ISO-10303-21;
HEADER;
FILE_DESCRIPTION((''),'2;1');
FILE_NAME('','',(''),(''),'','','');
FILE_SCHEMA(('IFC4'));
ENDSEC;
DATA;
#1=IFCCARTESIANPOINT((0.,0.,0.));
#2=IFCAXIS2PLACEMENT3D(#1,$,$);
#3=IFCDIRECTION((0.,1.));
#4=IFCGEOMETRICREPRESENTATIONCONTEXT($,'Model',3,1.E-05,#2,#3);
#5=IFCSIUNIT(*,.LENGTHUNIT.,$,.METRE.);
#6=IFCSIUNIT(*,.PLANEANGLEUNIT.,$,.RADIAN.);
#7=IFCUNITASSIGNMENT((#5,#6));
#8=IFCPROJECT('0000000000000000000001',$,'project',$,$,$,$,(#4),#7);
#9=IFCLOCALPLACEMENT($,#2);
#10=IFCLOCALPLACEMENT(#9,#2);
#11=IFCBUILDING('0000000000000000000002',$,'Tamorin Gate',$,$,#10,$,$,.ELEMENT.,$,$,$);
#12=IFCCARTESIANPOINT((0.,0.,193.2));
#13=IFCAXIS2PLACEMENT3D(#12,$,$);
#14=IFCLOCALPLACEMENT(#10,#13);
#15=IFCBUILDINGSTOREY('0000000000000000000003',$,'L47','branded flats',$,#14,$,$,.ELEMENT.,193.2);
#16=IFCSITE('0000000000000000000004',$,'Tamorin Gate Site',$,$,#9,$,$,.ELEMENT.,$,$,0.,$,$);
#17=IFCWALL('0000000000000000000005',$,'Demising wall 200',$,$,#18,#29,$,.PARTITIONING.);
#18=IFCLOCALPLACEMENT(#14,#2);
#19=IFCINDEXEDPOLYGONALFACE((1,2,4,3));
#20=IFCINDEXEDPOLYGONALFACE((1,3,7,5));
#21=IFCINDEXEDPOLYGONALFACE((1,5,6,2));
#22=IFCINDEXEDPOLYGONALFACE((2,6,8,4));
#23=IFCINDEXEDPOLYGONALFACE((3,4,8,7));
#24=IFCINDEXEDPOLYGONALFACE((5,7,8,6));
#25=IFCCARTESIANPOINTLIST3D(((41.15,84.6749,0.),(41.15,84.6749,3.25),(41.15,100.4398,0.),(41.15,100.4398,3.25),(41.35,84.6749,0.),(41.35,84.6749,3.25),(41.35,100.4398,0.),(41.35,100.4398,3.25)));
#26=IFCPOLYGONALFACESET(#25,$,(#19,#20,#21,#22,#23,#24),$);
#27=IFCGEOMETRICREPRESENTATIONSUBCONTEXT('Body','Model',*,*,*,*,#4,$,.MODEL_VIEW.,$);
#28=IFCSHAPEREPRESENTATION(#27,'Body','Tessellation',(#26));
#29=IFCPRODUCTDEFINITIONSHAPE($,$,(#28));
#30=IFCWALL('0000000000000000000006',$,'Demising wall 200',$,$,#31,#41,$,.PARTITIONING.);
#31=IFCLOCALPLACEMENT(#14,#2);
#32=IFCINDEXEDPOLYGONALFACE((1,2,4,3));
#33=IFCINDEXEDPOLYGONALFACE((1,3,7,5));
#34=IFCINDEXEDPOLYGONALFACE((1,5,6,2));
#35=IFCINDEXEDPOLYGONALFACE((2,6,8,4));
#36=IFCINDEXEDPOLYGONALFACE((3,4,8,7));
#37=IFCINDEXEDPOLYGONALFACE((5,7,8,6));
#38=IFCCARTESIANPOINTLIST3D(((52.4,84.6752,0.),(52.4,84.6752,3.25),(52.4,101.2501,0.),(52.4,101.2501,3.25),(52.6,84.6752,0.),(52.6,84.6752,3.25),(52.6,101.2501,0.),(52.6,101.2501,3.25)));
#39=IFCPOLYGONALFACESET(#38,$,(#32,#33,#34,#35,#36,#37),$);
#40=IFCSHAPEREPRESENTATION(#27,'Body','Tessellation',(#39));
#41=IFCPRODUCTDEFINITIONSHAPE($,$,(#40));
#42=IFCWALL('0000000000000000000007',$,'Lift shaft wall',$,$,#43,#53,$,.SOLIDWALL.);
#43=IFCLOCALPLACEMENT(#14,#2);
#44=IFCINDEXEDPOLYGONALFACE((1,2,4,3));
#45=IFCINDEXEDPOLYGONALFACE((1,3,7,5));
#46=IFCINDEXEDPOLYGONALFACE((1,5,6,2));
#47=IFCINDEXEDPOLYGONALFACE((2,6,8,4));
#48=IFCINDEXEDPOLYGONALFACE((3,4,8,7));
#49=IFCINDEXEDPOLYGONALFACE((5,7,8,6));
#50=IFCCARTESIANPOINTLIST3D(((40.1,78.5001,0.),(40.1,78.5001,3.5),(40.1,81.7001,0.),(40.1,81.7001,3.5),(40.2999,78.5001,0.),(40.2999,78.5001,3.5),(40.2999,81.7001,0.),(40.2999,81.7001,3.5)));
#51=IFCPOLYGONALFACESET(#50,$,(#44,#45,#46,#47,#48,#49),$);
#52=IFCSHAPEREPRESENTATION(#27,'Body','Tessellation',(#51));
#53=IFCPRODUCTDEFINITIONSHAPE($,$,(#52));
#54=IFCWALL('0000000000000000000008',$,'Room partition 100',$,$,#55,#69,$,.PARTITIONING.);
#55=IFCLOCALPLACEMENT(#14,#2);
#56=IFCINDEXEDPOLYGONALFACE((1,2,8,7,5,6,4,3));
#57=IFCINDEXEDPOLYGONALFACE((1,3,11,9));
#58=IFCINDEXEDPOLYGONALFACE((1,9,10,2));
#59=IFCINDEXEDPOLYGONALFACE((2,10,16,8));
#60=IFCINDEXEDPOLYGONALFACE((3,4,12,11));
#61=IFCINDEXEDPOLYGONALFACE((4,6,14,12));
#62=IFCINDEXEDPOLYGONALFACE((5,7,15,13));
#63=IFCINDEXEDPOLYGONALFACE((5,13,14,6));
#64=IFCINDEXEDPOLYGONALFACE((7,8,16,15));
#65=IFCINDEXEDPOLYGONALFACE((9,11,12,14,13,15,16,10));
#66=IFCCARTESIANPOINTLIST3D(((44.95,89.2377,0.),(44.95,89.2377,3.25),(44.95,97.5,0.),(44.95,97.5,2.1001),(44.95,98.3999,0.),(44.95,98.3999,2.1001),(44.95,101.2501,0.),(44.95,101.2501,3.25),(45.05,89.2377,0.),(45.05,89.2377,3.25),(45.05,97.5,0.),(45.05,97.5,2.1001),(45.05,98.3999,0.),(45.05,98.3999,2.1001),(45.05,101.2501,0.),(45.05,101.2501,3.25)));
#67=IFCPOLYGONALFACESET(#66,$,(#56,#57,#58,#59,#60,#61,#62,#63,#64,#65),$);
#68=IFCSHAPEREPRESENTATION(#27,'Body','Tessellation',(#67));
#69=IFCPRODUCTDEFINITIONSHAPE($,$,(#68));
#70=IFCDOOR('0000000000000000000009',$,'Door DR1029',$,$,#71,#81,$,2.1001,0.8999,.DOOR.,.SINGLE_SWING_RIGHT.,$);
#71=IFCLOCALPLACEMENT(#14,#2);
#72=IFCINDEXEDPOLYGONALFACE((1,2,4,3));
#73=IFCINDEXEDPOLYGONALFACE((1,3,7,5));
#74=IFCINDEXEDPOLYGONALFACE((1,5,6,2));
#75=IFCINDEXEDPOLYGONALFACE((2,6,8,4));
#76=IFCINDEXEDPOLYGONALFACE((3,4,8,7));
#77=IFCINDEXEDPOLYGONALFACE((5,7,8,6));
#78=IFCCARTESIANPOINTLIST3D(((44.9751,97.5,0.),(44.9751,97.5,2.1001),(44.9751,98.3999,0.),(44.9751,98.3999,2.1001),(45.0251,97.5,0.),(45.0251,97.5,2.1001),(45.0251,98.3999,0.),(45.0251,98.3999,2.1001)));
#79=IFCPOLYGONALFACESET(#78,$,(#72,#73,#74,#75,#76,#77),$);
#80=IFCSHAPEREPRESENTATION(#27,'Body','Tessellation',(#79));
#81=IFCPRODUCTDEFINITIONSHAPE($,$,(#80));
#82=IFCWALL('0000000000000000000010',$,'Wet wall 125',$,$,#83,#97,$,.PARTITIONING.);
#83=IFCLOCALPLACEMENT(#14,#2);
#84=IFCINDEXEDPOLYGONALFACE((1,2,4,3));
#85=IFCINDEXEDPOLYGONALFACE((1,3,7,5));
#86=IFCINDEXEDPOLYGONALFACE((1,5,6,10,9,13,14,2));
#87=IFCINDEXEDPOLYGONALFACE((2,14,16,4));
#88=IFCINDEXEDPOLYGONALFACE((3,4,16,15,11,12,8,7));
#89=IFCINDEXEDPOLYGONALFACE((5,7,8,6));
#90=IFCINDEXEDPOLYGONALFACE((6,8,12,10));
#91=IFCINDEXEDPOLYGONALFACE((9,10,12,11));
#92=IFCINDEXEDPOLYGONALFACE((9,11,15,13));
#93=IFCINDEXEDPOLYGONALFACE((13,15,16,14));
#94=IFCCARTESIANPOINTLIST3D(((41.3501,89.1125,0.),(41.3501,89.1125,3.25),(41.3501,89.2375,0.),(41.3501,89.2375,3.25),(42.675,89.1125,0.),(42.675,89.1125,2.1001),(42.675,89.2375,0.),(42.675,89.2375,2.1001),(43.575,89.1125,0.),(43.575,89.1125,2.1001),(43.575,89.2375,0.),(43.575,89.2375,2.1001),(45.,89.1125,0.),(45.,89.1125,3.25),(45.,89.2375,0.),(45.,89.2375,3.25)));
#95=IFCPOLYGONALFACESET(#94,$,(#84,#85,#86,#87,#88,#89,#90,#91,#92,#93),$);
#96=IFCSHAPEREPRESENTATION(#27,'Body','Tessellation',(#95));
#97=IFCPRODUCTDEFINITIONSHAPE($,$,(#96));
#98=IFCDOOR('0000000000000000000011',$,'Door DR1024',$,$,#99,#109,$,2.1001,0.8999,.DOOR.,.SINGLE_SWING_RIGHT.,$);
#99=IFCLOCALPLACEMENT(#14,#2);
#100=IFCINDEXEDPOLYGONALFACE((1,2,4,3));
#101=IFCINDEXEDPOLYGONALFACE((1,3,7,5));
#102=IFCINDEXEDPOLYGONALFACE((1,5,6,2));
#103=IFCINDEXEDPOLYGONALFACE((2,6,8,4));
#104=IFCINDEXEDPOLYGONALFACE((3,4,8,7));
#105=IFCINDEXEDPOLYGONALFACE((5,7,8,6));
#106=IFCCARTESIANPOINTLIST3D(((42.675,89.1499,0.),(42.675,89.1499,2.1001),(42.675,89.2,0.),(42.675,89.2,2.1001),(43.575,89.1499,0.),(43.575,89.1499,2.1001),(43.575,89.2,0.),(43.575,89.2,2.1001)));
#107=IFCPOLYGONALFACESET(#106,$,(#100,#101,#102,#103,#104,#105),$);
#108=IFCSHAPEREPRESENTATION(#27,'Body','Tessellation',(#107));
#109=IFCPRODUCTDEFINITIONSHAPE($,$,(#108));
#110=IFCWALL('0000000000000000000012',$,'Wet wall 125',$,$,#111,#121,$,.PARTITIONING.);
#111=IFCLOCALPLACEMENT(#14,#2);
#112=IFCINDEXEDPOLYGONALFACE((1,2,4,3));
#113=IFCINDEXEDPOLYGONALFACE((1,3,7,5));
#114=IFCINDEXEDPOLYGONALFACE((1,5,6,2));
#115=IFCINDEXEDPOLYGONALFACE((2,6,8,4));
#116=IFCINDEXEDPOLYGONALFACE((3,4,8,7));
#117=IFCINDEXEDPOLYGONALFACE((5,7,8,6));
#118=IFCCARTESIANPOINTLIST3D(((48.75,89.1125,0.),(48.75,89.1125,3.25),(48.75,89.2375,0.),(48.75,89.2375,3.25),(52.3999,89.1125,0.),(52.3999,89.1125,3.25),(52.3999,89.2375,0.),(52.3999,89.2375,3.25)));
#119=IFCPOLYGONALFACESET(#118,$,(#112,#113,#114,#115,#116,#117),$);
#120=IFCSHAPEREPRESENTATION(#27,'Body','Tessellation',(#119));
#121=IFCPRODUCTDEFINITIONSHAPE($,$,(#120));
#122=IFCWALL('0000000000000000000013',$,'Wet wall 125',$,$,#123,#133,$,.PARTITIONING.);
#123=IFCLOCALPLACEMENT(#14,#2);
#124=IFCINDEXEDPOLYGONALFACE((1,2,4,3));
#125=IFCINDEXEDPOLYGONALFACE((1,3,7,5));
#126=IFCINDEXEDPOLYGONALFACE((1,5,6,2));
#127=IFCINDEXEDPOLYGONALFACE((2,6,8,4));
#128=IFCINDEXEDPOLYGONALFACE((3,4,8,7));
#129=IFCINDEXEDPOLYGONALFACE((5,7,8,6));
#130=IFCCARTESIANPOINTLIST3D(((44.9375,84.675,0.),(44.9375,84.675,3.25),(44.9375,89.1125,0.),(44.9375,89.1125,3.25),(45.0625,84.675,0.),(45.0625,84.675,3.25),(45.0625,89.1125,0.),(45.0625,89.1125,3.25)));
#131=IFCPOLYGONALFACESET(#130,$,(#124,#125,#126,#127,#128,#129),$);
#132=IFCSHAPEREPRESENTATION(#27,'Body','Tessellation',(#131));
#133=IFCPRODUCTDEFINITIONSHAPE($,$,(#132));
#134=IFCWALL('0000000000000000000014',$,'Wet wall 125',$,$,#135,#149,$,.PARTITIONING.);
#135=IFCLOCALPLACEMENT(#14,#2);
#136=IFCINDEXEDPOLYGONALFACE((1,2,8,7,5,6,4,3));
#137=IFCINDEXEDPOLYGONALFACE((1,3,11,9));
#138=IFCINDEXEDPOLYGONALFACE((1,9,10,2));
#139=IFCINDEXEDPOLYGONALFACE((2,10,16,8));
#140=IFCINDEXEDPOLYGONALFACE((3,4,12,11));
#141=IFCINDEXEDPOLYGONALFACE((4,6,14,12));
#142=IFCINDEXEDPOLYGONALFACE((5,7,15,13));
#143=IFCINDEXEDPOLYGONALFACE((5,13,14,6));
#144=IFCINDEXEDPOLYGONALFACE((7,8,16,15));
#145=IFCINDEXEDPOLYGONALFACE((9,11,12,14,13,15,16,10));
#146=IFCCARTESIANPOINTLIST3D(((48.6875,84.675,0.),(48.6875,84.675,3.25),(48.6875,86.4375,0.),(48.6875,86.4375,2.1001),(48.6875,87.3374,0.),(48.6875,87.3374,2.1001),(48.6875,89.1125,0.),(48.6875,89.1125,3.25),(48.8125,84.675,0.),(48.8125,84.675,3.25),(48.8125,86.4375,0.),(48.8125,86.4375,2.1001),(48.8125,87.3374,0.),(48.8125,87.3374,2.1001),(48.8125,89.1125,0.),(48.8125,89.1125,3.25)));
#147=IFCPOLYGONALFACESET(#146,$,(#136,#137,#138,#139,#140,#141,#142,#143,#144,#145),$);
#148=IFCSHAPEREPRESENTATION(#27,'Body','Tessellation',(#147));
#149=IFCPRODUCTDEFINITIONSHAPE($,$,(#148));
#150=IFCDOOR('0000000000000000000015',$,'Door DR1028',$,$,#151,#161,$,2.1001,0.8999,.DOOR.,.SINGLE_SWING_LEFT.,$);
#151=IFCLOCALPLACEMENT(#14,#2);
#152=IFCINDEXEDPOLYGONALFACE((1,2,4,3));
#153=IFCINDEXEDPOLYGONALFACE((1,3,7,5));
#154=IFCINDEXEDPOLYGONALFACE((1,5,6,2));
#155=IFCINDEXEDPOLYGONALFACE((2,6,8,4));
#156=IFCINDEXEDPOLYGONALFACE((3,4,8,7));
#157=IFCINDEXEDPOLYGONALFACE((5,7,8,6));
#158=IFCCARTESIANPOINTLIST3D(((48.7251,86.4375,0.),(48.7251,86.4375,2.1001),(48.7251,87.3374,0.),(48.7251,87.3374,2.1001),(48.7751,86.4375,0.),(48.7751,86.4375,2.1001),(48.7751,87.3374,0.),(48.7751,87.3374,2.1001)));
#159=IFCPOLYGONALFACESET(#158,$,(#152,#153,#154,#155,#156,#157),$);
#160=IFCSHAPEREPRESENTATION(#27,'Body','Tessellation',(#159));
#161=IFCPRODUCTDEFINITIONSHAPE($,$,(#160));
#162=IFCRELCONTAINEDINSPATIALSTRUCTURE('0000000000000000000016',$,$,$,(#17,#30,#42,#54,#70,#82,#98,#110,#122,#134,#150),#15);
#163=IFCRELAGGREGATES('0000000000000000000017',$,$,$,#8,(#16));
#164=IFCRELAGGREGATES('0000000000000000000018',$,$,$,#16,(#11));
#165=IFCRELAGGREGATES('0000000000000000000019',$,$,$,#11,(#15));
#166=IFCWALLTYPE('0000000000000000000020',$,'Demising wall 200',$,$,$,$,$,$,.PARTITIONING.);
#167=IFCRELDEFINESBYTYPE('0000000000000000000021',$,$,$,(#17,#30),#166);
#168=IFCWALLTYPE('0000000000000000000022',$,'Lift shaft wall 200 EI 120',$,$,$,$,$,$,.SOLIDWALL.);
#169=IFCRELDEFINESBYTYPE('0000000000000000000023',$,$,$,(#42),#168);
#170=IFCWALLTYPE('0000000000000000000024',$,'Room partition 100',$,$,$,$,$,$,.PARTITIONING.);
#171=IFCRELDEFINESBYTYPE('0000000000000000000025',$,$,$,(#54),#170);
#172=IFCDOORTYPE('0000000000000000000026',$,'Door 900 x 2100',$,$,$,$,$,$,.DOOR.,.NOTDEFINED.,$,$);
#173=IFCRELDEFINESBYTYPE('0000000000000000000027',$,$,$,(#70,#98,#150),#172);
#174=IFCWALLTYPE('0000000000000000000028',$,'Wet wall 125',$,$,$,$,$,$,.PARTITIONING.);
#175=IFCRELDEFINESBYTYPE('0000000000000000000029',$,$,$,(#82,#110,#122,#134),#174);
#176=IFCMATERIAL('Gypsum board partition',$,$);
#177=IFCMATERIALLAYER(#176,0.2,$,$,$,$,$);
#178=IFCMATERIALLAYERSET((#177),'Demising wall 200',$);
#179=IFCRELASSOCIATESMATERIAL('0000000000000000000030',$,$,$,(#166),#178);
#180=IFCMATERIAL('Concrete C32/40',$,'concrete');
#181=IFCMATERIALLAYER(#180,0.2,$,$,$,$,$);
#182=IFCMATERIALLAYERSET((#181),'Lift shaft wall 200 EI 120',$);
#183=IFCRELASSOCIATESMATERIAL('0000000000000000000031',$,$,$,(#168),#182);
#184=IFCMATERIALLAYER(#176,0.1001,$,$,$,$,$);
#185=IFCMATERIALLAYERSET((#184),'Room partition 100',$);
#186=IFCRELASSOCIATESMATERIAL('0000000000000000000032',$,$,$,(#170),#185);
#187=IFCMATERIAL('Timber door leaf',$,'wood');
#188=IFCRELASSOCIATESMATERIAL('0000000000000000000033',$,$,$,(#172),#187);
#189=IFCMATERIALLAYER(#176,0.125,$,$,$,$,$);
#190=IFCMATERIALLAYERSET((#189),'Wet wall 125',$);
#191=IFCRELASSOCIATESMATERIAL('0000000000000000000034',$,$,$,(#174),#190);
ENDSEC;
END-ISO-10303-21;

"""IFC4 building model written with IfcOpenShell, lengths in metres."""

from ifc_helpers import new_model, si_unit, direction, frame, frame_2d, origin, place, context, subcontext, project, spatial, rectangle, extrude, material, layer, layer_set, type_object, element, fill, save


model = new_model("IFC4")

# Units and contexts
model_context = context("Model", 3, precision=1e-05, world=origin(), true_north=direction((0.0, 1.0)))
body_context = subcontext(model_context, "Body", "Model", "MODEL_VIEW")
ifc_project = project(units=[si_unit("LENGTHUNIT", "METRE"), si_unit("PLANEANGLEUNIT", "RADIAN")], contexts=[model_context])

# Site, building, storey
site_placement = place(None, origin())
site = spatial("IfcSite", under=ifc_project, at=site_placement, Name="Tamorin Gate Site", CompositionType="ELEMENT", RefElevation=0.0)
building_placement = place(site_placement, origin())
building = spatial("IfcBuilding", under=site, at=building_placement, Name="Tamorin Gate", CompositionType="ELEMENT")
storey_placement = place(building_placement, frame((0.0, 0.0, 193.2)))
storey = spatial("IfcBuildingStorey", under=building, at=storey_placement, Name="L47", Description="branded flats", CompositionType="ELEMENT", Elevation=193.2)

# Walls
ifc_material_1 = material(Name="Gypsum board partition")
ifc_layer_1 = layer(ifc_material_1, 0.2)
ifc_layer_set_1 = layer_set([ifc_layer_1], Name="Demising wall 200")
wall_type_1 = type_object("IfcWallType", Name="Demising wall 200", PredefinedType="PARTITIONING", material=ifc_layer_set_1)
wall_1_placement = place(storey_placement, frame((41.25, 84.675, 0.0), z_axis=(0.0, 0.0, 1.0), x_axis=(0.0, 1.0, 0.0)))
element("IfcWall", 1, at=wall_1_placement, inside=storey, type_object=wall_type_1, Name="Demising wall 200", PredefinedType="PARTITIONING", context=body_context, shape_type="SweptSolid", body=[
    extrude(rectangle(XDim=15.7649, YDim=0.2, at=frame_2d((7.8823, 0.0))), origin(), (0.0, 0.0, 1.0), 3.25),
])
wall_2_placement = place(storey_placement, frame((52.5, 84.675, 0.0), z_axis=(0.0, 0.0, 1.0), x_axis=(0.0, 1.0, 0.0)))
element("IfcWall", 2, at=wall_2_placement, inside=storey, type_object=wall_type_1, Name="Demising wall 200", PredefinedType="PARTITIONING", context=body_context, shape_type="SweptSolid", body=[
    extrude(rectangle(XDim=16.575, YDim=0.2, at=frame_2d((8.2876, 0.0))), origin(), (0.0, 0.0, 1.0), 3.25),
])
ifc_material_2 = material(Name="Concrete C32/40", Category="concrete")
ifc_layer_2 = layer(ifc_material_2, 0.2)
ifc_layer_set_2 = layer_set([ifc_layer_2], Name="Lift shaft wall 200 EI 120")
wall_type_2 = type_object("IfcWallType", Name="Lift shaft wall 200 EI 120", PredefinedType="SOLIDWALL", material=ifc_layer_set_2)
wall_3_placement = place(storey_placement, frame((40.2, 78.5, 0.0), z_axis=(0.0, 0.0, 1.0), x_axis=(0.0, 1.0, 0.0)))
element("IfcWall", 3, at=wall_3_placement, inside=storey, type_object=wall_type_2, Name="Lift shaft wall", PredefinedType="SOLIDWALL", context=body_context, shape_type="SweptSolid", body=[
    extrude(rectangle(XDim=3.2, YDim=0.2, at=frame_2d((1.6001, 0.0))), origin(), (0.0, 0.0, 1.0), 3.5),
])

# Walls, openings, doors
ifc_layer_3 = layer(ifc_material_1, 0.1001)
ifc_layer_set_3 = layer_set([ifc_layer_3], Name="Room partition 100")
wall_type_3 = type_object("IfcWallType", Name="Room partition 100", PredefinedType="PARTITIONING", material=ifc_layer_set_3)
wall_4_placement = place(storey_placement, frame((45.0, 89.2375, 0.0), z_axis=(0.0, 0.0, 1.0), x_axis=(0.0, 1.0, 0.0)))
wall_4 = element("IfcWall", 4, at=wall_4_placement, inside=storey, type_object=wall_type_3, Name="Room partition 100", PredefinedType="PARTITIONING", context=body_context, shape_type="SweptSolid", body=[
    extrude(rectangle(XDim=12.0125, YDim=0.1001, at=frame_2d((6.0063, 0.0))), origin(), (0.0, 0.0, 1.0), 3.25),
])
opening_1_placement = place(wall_4_placement, frame((8.2625, 0.0, 0.0)))
opening_1 = element("IfcOpeningElement", 5, at=opening_1_placement, cuts=wall_4, PredefinedType="OPENING", context=body_context, shape_type="SweptSolid", body=[
    extrude(rectangle(XDim=0.8999, YDim=2.1001, at=frame_2d((0.45, 1.05))), frame((0.0, 0.0601, 0.0), z_axis=(0.0, -1.0, 0.0), x_axis=(1.0, 0.0, 0.0)), (0.0, 0.0, 1.0), 0.1201),
])
ifc_material_3 = material(Name="Timber door leaf", Category="wood")
door_type = type_object("IfcDoorType", Name="Door 900 x 2100", OperationType="NOTDEFINED", PredefinedType="DOOR", material=ifc_material_3)
door_1_placement = place(opening_1_placement, origin())
door_1 = element("IfcDoor", 6, at=door_1_placement, inside=storey, type_object=door_type, Name="Door DR1029", OperationType="SINGLE_SWING_RIGHT", OverallHeight=2.1001, OverallWidth=0.8999, PredefinedType="DOOR", context=body_context, shape_type="SweptSolid", body=[
    extrude(rectangle(XDim=0.8999, YDim=2.1001, at=frame_2d((0.45, 1.05))), frame((0.0, 0.0249, 0.0), z_axis=(0.0, -1.0, 0.0), x_axis=(1.0, 0.0, 0.0)), (0.0, 0.0, 1.0), 0.05),
])
fill(opening_1, door_1)
ifc_layer_4 = layer(ifc_material_1, 0.125)
ifc_layer_set_4 = layer_set([ifc_layer_4], Name="Wet wall 125")
wall_type_4 = type_object("IfcWallType", Name="Wet wall 125", PredefinedType="PARTITIONING", material=ifc_layer_set_4)
wall_5_placement = place(storey_placement, frame((41.3501, 89.175, 0.0), z_axis=(0.0, 0.0, 1.0), x_axis=(1.0, 0.0, 0.0)))
wall_5 = element("IfcWall", 7, at=wall_5_placement, inside=storey, type_object=wall_type_4, Name="Wet wall 125", PredefinedType="PARTITIONING", context=body_context, shape_type="SweptSolid", body=[
    extrude(rectangle(XDim=3.6499, YDim=0.125, at=frame_2d((1.825, 0.0))), origin(), (0.0, 0.0, 1.0), 3.25),
])
opening_2_placement = place(wall_5_placement, frame((1.325, 0.0, 0.0)))
opening_2 = element("IfcOpeningElement", 8, at=opening_2_placement, cuts=wall_5, PredefinedType="OPENING", context=body_context, shape_type="SweptSolid", body=[
    extrude(rectangle(XDim=0.8999, YDim=2.1001, at=frame_2d((0.45, 1.05))), frame((0.0, 0.0725, 0.0), z_axis=(0.0, -1.0, 0.0), x_axis=(1.0, 0.0, 0.0)), (0.0, 0.0, 1.0), 0.145),
])
door_2_placement = place(opening_2_placement, origin())
door_2 = element("IfcDoor", 9, at=door_2_placement, inside=storey, type_object=door_type, Name="Door DR1024", OperationType="SINGLE_SWING_RIGHT", OverallHeight=2.1001, OverallWidth=0.8999, PredefinedType="DOOR", context=body_context, shape_type="SweptSolid", body=[
    extrude(rectangle(XDim=0.8999, YDim=2.1001, at=frame_2d((0.45, 1.05))), frame((0.0, 0.0249, 0.0), z_axis=(0.0, -1.0, 0.0), x_axis=(1.0, 0.0, 0.0)), (0.0, 0.0, 1.0), 0.05),
])
fill(opening_2, door_2)

# Walls
wall_6_placement = place(storey_placement, frame((48.75, 89.175, 0.0), z_axis=(0.0, 0.0, 1.0), x_axis=(1.0, 0.0, 0.0)))
element("IfcWall", 10, at=wall_6_placement, inside=storey, type_object=wall_type_4, Name="Wet wall 125", PredefinedType="PARTITIONING", context=body_context, shape_type="SweptSolid", body=[
    extrude(rectangle(XDim=3.6499, YDim=0.125, at=frame_2d((1.825, 0.0))), origin(), (0.0, 0.0, 1.0), 3.25),
])
wall_7_placement = place(storey_placement, frame((45.0, 84.675, 0.0), z_axis=(0.0, 0.0, 1.0), x_axis=(0.0, 1.0, 0.0)))
element("IfcWall", 11, at=wall_7_placement, inside=storey, type_object=wall_type_4, Name="Wet wall 125", PredefinedType="PARTITIONING", context=body_context, shape_type="SweptSolid", body=[
    extrude(rectangle(XDim=4.4375, YDim=0.125, at=frame_2d((2.2188, 0.0))), origin(), (0.0, 0.0, 1.0), 3.25),
])

# Wall, opening, door
wall_8_placement = place(storey_placement, frame((48.75, 84.675, 0.0), z_axis=(0.0, 0.0, 1.0), x_axis=(0.0, 1.0, 0.0)))
wall_8 = element("IfcWall", 12, at=wall_8_placement, inside=storey, type_object=wall_type_4, Name="Wet wall 125", PredefinedType="PARTITIONING", context=body_context, shape_type="SweptSolid", body=[
    extrude(rectangle(XDim=4.4375, YDim=0.125, at=frame_2d((2.2188, 0.0))), origin(), (0.0, 0.0, 1.0), 3.25),
])
opening_3_placement = place(wall_8_placement, frame((1.7625, 0.0, 0.0)))
opening_3 = element("IfcOpeningElement", 13, at=opening_3_placement, cuts=wall_8, PredefinedType="OPENING", context=body_context, shape_type="SweptSolid", body=[
    extrude(rectangle(XDim=0.8999, YDim=2.1001, at=frame_2d((0.45, 1.05))), frame((0.0, 0.0725, 0.0), z_axis=(0.0, -1.0, 0.0), x_axis=(1.0, 0.0, 0.0)), (0.0, 0.0, 1.0), 0.145),
])
door_3_placement = place(opening_3_placement, origin())
door_3 = element("IfcDoor", 14, at=door_3_placement, inside=storey, type_object=door_type, Name="Door DR1028", OperationType="SINGLE_SWING_LEFT", OverallHeight=2.1001, OverallWidth=0.8999, PredefinedType="DOOR", context=body_context, shape_type="SweptSolid", body=[
    extrude(rectangle(XDim=0.8999, YDim=2.1001, at=frame_2d((0.45, 1.05))), frame((0.0, 0.0249, 0.0), z_axis=(0.0, -1.0, 0.0), x_axis=(1.0, 0.0, 0.0)), (0.0, 0.0, 1.0), 0.05),
])
fill(opening_3, door_3)

save(model, "model.ifc")
